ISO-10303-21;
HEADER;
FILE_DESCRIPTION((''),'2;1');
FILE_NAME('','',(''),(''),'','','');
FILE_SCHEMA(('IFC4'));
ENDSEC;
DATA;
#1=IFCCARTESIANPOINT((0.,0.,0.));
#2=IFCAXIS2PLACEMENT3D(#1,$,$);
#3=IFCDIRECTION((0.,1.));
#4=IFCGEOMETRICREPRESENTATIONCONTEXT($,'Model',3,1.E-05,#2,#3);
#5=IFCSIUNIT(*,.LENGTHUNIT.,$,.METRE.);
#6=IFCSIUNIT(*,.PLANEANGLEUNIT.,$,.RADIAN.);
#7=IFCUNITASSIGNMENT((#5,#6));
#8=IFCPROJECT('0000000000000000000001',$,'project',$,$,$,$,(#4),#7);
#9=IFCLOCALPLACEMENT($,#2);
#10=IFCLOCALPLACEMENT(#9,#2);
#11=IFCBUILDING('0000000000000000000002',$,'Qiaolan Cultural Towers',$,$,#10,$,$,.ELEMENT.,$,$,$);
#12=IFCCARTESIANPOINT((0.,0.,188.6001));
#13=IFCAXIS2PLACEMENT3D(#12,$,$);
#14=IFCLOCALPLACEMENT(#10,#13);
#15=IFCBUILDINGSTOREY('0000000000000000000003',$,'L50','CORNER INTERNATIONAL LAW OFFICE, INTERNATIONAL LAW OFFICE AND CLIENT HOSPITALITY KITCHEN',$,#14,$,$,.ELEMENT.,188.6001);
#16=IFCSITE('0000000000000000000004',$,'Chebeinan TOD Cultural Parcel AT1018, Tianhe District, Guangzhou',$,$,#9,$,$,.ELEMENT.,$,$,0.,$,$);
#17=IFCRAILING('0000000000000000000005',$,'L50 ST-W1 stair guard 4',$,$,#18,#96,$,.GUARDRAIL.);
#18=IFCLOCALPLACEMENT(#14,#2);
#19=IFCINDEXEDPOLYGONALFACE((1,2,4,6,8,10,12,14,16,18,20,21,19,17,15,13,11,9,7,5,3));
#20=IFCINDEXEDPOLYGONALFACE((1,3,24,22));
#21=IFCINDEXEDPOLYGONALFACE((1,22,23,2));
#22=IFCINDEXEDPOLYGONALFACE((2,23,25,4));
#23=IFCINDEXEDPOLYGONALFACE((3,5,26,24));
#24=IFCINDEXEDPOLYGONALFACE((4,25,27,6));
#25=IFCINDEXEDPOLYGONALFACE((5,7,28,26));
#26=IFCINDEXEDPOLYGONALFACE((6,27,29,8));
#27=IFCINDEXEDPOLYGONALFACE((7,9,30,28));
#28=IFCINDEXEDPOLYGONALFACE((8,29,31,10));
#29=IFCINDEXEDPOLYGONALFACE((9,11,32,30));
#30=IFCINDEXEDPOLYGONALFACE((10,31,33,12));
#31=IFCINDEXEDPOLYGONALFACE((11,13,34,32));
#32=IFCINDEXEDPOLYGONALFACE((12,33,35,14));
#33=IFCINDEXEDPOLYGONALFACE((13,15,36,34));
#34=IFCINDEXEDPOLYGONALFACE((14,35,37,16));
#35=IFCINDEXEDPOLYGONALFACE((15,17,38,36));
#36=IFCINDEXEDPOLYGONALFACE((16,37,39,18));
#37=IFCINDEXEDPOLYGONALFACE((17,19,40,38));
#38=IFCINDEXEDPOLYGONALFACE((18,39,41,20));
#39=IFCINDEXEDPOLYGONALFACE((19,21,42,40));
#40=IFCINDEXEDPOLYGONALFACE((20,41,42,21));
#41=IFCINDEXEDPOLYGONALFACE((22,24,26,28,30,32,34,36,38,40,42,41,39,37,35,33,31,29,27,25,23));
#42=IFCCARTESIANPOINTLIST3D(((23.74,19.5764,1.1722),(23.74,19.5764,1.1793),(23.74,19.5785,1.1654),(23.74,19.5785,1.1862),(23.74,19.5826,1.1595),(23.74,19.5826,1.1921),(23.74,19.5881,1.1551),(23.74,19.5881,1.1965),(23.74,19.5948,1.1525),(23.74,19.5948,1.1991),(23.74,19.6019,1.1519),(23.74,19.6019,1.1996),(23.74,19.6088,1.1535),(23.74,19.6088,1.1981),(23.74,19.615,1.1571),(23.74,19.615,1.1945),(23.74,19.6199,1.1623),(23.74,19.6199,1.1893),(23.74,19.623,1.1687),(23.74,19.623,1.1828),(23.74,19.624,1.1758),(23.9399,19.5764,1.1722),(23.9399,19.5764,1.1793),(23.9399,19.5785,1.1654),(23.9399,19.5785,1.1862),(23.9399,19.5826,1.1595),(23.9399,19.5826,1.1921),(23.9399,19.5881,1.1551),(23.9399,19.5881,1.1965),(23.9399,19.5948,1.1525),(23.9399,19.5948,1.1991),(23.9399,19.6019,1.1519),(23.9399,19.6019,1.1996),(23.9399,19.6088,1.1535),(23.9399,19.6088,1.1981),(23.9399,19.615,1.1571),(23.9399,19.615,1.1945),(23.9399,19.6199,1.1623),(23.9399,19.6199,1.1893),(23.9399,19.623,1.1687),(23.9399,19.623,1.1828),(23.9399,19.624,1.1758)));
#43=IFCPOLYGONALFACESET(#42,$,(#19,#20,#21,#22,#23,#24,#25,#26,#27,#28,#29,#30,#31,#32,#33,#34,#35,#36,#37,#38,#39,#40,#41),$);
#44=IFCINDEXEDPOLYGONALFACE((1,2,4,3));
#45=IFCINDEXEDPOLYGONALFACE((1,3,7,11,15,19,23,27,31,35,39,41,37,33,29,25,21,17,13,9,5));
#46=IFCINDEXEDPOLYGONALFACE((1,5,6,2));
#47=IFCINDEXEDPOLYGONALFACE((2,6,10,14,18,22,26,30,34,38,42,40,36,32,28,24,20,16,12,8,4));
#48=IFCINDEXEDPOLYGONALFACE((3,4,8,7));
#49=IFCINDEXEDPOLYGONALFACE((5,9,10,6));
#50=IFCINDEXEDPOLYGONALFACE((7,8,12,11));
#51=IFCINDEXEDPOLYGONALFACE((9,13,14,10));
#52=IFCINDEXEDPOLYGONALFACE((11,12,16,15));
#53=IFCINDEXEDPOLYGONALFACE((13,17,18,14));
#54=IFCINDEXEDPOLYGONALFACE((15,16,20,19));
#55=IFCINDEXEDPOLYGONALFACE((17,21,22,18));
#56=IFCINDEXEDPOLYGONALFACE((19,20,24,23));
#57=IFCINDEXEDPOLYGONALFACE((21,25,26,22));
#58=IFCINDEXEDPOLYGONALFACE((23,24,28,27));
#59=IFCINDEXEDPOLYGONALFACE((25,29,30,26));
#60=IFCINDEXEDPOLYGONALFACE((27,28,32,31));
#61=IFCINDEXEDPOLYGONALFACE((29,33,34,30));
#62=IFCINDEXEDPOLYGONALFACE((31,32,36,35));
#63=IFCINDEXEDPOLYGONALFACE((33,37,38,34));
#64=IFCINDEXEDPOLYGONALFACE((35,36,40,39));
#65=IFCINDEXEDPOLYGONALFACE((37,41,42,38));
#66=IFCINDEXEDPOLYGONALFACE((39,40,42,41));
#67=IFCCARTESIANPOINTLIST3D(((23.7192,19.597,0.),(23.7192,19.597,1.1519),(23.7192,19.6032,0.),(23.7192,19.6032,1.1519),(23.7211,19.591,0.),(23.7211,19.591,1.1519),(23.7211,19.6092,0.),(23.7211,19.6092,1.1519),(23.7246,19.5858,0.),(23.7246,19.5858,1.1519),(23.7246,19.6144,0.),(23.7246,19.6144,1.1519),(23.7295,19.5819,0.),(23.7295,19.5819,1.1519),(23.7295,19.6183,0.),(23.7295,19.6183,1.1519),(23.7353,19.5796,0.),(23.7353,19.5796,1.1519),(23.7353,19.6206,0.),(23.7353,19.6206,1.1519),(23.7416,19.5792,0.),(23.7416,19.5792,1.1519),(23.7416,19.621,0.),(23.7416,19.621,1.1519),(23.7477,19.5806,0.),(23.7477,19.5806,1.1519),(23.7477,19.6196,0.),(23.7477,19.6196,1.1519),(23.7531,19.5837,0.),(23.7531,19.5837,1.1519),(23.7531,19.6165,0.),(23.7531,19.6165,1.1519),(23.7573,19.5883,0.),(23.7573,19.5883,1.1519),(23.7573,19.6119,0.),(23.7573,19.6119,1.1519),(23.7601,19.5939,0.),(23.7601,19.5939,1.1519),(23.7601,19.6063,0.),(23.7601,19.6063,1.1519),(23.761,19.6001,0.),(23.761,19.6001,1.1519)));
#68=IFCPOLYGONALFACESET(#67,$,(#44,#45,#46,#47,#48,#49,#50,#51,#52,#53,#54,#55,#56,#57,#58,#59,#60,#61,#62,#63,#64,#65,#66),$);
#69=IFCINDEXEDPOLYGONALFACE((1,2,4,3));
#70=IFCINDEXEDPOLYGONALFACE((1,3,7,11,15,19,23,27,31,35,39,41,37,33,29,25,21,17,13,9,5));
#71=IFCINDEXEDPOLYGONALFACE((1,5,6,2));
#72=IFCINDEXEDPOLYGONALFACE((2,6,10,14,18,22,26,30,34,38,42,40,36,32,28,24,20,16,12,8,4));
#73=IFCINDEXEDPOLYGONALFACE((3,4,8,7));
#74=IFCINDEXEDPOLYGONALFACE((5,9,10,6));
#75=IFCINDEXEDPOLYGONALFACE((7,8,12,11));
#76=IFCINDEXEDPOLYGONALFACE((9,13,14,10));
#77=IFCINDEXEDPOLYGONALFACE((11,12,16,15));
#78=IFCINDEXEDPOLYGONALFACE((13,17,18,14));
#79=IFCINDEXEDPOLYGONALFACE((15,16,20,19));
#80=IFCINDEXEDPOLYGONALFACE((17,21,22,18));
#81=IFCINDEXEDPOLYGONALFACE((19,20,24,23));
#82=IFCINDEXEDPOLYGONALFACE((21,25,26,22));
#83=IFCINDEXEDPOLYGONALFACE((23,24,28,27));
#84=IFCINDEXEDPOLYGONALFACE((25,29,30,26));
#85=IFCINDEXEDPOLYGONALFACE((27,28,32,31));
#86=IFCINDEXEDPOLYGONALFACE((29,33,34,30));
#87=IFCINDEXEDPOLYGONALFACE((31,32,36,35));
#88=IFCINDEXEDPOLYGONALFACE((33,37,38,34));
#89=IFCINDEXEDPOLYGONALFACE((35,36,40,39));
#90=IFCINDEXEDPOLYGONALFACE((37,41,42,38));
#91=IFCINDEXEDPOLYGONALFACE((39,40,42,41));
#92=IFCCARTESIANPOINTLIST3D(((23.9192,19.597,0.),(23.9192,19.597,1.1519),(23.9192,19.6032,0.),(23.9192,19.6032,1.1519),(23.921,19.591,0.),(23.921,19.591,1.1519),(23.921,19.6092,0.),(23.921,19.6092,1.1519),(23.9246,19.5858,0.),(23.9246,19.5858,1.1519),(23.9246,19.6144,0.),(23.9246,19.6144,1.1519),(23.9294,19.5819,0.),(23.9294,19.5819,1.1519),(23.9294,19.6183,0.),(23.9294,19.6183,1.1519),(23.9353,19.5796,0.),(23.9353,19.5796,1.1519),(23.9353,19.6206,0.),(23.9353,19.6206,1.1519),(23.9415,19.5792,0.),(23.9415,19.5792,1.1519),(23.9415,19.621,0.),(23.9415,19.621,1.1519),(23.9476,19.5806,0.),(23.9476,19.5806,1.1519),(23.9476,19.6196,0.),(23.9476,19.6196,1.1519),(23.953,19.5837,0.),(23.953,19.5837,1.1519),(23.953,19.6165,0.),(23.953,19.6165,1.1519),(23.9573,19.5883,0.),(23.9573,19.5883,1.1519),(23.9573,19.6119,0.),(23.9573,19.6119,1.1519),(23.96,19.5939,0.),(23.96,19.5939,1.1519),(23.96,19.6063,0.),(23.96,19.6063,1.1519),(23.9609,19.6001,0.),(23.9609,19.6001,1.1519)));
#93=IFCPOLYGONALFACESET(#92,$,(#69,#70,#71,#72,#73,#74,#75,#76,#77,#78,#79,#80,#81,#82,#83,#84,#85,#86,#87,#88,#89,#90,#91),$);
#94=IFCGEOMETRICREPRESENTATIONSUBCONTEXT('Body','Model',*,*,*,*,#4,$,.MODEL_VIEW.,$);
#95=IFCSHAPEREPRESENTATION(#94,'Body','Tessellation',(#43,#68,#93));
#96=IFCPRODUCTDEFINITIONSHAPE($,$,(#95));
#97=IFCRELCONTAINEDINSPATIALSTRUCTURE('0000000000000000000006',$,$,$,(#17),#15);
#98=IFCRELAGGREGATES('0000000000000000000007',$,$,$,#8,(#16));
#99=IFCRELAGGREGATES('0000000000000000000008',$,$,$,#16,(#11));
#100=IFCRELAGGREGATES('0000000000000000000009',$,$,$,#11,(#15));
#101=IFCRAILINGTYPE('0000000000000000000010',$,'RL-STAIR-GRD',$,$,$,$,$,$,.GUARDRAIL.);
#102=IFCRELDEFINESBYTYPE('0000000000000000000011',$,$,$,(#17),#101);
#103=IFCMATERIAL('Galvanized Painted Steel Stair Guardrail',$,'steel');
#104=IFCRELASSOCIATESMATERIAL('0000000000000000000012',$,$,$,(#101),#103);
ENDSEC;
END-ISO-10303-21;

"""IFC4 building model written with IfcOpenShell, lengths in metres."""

from ifc_helpers import new_model, si_unit, direction, frame, origin, origin_2d, place, context, subcontext, project, spatial, circle, extrude, material, type_object, element, save


model = new_model("IFC4")

# Units and contexts
model_context = context("Model", 3, precision=1e-05, world=origin(), true_north=direction((0.0, 1.0)))
body_context = subcontext(model_context, "Body", "Model", "MODEL_VIEW")
ifc_project = project(units=[si_unit("LENGTHUNIT", "METRE"), si_unit("PLANEANGLEUNIT", "RADIAN")], contexts=[model_context])

# Site, building, storey
site_placement = place(None, origin())
site = spatial("IfcSite", under=ifc_project, at=site_placement, Name="Chebeinan TOD Cultural Parcel AT1018, Tianhe District, Guangzhou", CompositionType="ELEMENT", RefElevation=0.0)
building_placement = place(site_placement, origin())
building = spatial("IfcBuilding", under=site, at=building_placement, Name="Qiaolan Cultural Towers", CompositionType="ELEMENT")
storey_placement = place(building_placement, frame((0.0, 0.0, 188.6001)))
storey = spatial("IfcBuildingStorey", under=building, at=storey_placement, Name="L50", Description="CORNER INTERNATIONAL LAW OFFICE, INTERNATIONAL LAW OFFICE AND CLIENT HOSPITALITY KITCHEN", CompositionType="ELEMENT", Elevation=188.6001)

# Railing
ifc_material_1 = material(Name="Galvanized Painted Steel Stair Guardrail", Category="steel")
railing_type_1 = type_object("IfcRailingType", Name="RL-STAIR-GRD", PredefinedType="GUARDRAIL", material=ifc_material_1)
railing_1_placement = place(storey_placement, frame((23.74, 19.6001, 0.0)))
element("IfcRailing", 1, at=railing_1_placement, inside=storey, type_object=railing_type_1, Name="L50 ST-W1 stair guard 4", PredefinedType="GUARDRAIL", context=body_context, shape_type="SweptSolid", body=[
    extrude(circle(Radius=0.0239, at=origin_2d()), frame((0.0, 0.0, 1.1758), z_axis=(1.0, 0.0, 0.0), x_axis=(0.0, 1.0, 0.0)), (0.0, 0.0, 1.0), 0.2),
    extrude(circle(Radius=0.021, at=origin_2d()), origin(), (0.0, 0.0, 1.0), 1.1519),
    extrude(circle(Radius=0.021, at=origin_2d()), frame((0.2, 0.0, 0.0)), (0.0, 0.0, 1.0), 1.1519),
])

save(model, "model.ifc")
